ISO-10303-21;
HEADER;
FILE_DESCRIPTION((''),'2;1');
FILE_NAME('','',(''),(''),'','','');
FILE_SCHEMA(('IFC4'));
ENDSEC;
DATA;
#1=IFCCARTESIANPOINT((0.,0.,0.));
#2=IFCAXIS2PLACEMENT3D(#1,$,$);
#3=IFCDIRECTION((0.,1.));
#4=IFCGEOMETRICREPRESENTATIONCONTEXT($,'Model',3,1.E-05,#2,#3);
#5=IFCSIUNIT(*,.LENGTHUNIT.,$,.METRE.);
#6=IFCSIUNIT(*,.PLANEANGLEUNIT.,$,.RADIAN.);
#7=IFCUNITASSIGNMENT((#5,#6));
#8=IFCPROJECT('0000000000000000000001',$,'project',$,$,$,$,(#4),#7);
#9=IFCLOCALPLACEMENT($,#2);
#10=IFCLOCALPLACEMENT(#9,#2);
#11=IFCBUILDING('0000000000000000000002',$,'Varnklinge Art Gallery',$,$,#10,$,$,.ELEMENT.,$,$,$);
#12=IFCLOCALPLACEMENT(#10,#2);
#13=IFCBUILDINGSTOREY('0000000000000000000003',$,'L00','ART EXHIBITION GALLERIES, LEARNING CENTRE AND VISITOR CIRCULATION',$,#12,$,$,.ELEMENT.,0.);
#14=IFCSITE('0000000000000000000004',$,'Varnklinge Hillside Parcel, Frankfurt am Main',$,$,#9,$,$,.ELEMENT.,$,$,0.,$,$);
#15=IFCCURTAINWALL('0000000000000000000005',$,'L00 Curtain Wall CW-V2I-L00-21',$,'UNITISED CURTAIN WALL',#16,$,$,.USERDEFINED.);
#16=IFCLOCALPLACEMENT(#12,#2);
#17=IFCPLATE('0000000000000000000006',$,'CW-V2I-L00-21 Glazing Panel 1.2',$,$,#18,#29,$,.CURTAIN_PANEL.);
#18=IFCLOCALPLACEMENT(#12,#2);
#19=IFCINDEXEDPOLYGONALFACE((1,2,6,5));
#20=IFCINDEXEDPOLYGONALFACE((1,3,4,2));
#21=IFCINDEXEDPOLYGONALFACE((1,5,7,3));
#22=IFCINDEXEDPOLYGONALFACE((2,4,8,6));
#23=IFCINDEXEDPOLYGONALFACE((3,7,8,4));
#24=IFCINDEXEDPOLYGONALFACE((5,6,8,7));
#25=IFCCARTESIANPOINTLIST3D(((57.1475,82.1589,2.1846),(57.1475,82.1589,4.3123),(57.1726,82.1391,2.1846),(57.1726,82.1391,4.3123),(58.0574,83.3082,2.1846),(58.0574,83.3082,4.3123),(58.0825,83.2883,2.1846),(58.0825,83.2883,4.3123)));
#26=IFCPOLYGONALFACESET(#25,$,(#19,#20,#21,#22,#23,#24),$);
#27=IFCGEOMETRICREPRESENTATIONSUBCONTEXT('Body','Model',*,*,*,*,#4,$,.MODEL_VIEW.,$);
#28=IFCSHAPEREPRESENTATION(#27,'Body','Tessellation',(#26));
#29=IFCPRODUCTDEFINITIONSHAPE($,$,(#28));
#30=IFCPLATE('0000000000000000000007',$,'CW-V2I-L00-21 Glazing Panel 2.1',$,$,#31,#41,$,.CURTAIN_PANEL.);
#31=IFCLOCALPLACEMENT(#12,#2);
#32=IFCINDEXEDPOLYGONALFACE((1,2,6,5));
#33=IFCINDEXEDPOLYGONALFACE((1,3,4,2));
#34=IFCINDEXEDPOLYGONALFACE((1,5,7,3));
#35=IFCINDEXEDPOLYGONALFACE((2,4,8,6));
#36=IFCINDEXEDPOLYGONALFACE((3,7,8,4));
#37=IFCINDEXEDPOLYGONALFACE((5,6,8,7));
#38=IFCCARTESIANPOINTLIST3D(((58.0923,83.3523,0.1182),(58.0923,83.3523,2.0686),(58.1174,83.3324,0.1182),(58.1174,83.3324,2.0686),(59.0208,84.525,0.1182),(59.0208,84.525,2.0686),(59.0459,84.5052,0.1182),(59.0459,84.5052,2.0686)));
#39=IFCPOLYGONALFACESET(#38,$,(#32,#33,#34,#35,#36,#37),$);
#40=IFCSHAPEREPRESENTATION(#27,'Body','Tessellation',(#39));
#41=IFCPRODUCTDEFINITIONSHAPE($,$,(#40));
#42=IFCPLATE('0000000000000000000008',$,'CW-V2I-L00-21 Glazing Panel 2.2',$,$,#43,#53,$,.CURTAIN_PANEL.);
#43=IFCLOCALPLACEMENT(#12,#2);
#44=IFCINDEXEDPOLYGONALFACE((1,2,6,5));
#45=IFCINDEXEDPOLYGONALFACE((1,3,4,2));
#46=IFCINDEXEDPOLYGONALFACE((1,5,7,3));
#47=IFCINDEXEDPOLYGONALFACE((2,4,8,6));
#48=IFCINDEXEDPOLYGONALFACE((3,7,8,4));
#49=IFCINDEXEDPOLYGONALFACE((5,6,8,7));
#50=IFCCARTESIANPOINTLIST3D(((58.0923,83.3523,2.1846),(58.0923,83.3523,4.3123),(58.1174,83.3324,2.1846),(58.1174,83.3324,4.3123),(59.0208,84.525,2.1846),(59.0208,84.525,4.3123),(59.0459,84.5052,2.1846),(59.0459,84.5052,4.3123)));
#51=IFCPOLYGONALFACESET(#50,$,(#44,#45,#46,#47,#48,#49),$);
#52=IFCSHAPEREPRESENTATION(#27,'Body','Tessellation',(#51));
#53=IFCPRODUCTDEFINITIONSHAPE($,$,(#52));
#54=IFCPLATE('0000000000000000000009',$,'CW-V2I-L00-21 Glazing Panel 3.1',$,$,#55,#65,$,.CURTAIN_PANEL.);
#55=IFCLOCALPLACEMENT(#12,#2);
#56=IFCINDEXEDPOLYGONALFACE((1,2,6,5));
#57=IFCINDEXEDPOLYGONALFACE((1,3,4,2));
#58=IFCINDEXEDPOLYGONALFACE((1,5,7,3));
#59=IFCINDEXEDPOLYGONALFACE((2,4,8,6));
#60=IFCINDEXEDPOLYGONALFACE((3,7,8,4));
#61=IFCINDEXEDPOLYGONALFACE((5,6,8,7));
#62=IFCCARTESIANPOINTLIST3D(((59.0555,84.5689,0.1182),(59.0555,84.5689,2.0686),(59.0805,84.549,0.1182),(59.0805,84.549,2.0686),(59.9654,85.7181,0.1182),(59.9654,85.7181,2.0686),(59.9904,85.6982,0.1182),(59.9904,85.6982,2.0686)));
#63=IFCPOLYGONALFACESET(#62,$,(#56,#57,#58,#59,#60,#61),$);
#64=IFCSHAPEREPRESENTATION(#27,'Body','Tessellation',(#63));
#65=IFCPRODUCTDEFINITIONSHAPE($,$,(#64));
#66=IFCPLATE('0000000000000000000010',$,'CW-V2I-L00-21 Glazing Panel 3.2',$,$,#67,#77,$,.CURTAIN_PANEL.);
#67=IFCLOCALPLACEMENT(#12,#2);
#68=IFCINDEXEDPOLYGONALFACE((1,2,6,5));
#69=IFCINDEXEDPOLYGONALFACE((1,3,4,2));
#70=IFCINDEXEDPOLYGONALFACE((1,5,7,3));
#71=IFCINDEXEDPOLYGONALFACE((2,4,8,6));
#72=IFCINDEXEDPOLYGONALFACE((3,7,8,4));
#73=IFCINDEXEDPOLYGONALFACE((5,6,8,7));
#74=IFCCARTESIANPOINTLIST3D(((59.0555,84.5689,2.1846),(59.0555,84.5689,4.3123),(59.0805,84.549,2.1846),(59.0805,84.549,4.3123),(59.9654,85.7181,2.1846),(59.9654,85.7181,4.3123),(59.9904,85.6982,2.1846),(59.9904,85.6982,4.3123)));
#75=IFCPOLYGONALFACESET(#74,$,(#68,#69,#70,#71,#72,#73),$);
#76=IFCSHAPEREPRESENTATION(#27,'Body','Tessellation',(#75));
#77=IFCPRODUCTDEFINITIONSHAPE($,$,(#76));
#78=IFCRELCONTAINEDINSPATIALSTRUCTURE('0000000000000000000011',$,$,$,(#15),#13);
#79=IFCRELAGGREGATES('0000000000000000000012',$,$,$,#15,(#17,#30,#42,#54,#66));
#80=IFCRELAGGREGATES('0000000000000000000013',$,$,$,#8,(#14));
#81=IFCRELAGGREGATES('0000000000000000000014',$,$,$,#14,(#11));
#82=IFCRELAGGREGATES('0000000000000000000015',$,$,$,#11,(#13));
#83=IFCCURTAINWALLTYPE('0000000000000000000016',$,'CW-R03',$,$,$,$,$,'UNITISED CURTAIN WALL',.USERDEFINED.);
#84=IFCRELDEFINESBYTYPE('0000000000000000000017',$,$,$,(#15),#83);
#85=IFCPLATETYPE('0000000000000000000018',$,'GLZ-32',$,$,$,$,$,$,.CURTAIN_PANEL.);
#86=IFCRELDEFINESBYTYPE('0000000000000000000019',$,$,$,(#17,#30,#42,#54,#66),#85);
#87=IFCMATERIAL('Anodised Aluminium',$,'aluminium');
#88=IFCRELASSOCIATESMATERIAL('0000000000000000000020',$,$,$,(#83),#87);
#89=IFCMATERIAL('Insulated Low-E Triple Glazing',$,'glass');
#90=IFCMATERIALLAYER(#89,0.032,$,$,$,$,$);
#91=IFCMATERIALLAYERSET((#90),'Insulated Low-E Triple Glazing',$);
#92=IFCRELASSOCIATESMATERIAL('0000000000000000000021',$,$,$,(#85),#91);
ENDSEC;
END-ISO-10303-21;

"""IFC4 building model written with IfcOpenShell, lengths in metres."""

from ifc_helpers import new_model, si_unit, direction, frame, origin, origin_2d, place, context, subcontext, project, spatial, rectangle, extrude, material, layer, layer_set, type_object, element, aggregate, save


model = new_model("IFC4")

# Units and contexts
model_context = context("Model", 3, precision=1e-05, world=origin(), true_north=direction((0.0, 1.0)))
body_context = subcontext(model_context, "Body", "Model", "MODEL_VIEW")
ifc_project = project(units=[si_unit("LENGTHUNIT", "METRE"), si_unit("PLANEANGLEUNIT", "RADIAN")], contexts=[model_context])

# Site, building, storey
site_placement = place(None, origin())
site = spatial("IfcSite", under=ifc_project, at=site_placement, Name="Varnklinge Hillside Parcel, Frankfurt am Main", CompositionType="ELEMENT", RefElevation=0.0)
building_placement = place(site_placement, origin())
building = spatial("IfcBuilding", under=site, at=building_placement, Name="Varnklinge Art Gallery", CompositionType="ELEMENT")
storey_placement = place(building_placement, origin())
storey = spatial("IfcBuildingStorey", under=building, at=storey_placement, Name="L00", Description="ART EXHIBITION GALLERIES, LEARNING CENTRE AND VISITOR CIRCULATION", CompositionType="ELEMENT", Elevation=0.0)

# Shared definitions
ifc_material_1 = material(Name="Anodised Aluminium", Category="aluminium")
curtain_wall_type = type_object("IfcCurtainWallType", Name="CW-R03", ElementType="UNITISED CURTAIN WALL", PredefinedType="USERDEFINED", material=ifc_material_1)

# Curtain wall
curtain_wall_1_placement = place(storey_placement, origin())
curtain_wall_1 = element("IfcCurtainWall", 1, at=curtain_wall_1_placement, inside=storey, type_object=curtain_wall_type, Name="L00 Curtain Wall CW-V2I-L00-21", ObjectType="UNITISED CURTAIN WALL", PredefinedType="USERDEFINED")

# Plates
ifc_material_2 = material(Name="Insulated Low-E Triple Glazing", Category="glass")
ifc_layer = layer(ifc_material_2, 0.032)
ifc_layer_set = layer_set([ifc_layer], Name="Insulated Low-E Triple Glazing")
plate_type = type_object("IfcPlateType", Name="GLZ-32", PredefinedType="CURTAIN_PANEL", material=ifc_layer_set)
plate_1_placement = place(storey_placement, frame((57.615, 82.7236, 2.1846), z_axis=(0.0, 0.0, 1.0), x_axis=(0.620737, 0.784019, 0.0)))
plate_1 = element("IfcPlate", 2, at=plate_1_placement, type_object=plate_type, Name="CW-V2I-L00-21 Glazing Panel 1.2", PredefinedType="CURTAIN_PANEL", context=body_context, shape_type="SweptSolid", body=[
    extrude(rectangle(XDim=1.4658, YDim=0.032, at=origin_2d()), origin(), (0.0, 0.0, 1.0), 2.1277),
])
plate_2_placement = place(storey_placement, frame((58.5691, 83.9287, 0.1182), z_axis=(0.0, 0.0, 1.0), x_axis=(0.620737, 0.784019, 0.0)))
plate_2 = element("IfcPlate", 3, at=plate_2_placement, type_object=plate_type, Name="CW-V2I-L00-21 Glazing Panel 2.1", PredefinedType="CURTAIN_PANEL", context=body_context, shape_type="SweptSolid", body=[
    extrude(rectangle(XDim=1.4958, YDim=0.032, at=origin_2d()), origin(), (0.0, 0.0, 1.0), 1.9504),
])
plate_3_placement = place(storey_placement, frame((58.5691, 83.9287, 2.1846), z_axis=(0.0, 0.0, 1.0), x_axis=(0.620737, 0.784019, 0.0)))
plate_3 = element("IfcPlate", 4, at=plate_3_placement, type_object=plate_type, Name="CW-V2I-L00-21 Glazing Panel 2.2", PredefinedType="CURTAIN_PANEL", context=body_context, shape_type="SweptSolid", body=[
    extrude(rectangle(XDim=1.4958, YDim=0.032, at=origin_2d()), origin(), (0.0, 0.0, 1.0), 2.1277),
])
plate_4_placement = place(storey_placement, frame((59.5229, 85.1335, 0.1182), z_axis=(0.0, 0.0, 1.0), x_axis=(0.620737, 0.784019, 0.0)))
plate_4 = element("IfcPlate", 5, at=plate_4_placement, type_object=plate_type, Name="CW-V2I-L00-21 Glazing Panel 3.1", PredefinedType="CURTAIN_PANEL", context=body_context, shape_type="SweptSolid", body=[
    extrude(rectangle(XDim=1.4658, YDim=0.032, at=origin_2d()), origin(), (0.0, 0.0, 1.0), 1.9504),
])
plate_5_placement = place(storey_placement, frame((59.5229, 85.1335, 2.1846), z_axis=(0.0, 0.0, 1.0), x_axis=(0.620737, 0.784019, 0.0)))
plate_5 = element("IfcPlate", 6, at=plate_5_placement, type_object=plate_type, Name="CW-V2I-L00-21 Glazing Panel 3.2", PredefinedType="CURTAIN_PANEL", context=body_context, shape_type="SweptSolid", body=[
    extrude(rectangle(XDim=1.4658, YDim=0.032, at=origin_2d()), origin(), (0.0, 0.0, 1.0), 2.1277),
])
aggregate(curtain_wall_1, [plate_1, plate_2, plate_3, plate_4, plate_5])

save(model, "model.ifc")
